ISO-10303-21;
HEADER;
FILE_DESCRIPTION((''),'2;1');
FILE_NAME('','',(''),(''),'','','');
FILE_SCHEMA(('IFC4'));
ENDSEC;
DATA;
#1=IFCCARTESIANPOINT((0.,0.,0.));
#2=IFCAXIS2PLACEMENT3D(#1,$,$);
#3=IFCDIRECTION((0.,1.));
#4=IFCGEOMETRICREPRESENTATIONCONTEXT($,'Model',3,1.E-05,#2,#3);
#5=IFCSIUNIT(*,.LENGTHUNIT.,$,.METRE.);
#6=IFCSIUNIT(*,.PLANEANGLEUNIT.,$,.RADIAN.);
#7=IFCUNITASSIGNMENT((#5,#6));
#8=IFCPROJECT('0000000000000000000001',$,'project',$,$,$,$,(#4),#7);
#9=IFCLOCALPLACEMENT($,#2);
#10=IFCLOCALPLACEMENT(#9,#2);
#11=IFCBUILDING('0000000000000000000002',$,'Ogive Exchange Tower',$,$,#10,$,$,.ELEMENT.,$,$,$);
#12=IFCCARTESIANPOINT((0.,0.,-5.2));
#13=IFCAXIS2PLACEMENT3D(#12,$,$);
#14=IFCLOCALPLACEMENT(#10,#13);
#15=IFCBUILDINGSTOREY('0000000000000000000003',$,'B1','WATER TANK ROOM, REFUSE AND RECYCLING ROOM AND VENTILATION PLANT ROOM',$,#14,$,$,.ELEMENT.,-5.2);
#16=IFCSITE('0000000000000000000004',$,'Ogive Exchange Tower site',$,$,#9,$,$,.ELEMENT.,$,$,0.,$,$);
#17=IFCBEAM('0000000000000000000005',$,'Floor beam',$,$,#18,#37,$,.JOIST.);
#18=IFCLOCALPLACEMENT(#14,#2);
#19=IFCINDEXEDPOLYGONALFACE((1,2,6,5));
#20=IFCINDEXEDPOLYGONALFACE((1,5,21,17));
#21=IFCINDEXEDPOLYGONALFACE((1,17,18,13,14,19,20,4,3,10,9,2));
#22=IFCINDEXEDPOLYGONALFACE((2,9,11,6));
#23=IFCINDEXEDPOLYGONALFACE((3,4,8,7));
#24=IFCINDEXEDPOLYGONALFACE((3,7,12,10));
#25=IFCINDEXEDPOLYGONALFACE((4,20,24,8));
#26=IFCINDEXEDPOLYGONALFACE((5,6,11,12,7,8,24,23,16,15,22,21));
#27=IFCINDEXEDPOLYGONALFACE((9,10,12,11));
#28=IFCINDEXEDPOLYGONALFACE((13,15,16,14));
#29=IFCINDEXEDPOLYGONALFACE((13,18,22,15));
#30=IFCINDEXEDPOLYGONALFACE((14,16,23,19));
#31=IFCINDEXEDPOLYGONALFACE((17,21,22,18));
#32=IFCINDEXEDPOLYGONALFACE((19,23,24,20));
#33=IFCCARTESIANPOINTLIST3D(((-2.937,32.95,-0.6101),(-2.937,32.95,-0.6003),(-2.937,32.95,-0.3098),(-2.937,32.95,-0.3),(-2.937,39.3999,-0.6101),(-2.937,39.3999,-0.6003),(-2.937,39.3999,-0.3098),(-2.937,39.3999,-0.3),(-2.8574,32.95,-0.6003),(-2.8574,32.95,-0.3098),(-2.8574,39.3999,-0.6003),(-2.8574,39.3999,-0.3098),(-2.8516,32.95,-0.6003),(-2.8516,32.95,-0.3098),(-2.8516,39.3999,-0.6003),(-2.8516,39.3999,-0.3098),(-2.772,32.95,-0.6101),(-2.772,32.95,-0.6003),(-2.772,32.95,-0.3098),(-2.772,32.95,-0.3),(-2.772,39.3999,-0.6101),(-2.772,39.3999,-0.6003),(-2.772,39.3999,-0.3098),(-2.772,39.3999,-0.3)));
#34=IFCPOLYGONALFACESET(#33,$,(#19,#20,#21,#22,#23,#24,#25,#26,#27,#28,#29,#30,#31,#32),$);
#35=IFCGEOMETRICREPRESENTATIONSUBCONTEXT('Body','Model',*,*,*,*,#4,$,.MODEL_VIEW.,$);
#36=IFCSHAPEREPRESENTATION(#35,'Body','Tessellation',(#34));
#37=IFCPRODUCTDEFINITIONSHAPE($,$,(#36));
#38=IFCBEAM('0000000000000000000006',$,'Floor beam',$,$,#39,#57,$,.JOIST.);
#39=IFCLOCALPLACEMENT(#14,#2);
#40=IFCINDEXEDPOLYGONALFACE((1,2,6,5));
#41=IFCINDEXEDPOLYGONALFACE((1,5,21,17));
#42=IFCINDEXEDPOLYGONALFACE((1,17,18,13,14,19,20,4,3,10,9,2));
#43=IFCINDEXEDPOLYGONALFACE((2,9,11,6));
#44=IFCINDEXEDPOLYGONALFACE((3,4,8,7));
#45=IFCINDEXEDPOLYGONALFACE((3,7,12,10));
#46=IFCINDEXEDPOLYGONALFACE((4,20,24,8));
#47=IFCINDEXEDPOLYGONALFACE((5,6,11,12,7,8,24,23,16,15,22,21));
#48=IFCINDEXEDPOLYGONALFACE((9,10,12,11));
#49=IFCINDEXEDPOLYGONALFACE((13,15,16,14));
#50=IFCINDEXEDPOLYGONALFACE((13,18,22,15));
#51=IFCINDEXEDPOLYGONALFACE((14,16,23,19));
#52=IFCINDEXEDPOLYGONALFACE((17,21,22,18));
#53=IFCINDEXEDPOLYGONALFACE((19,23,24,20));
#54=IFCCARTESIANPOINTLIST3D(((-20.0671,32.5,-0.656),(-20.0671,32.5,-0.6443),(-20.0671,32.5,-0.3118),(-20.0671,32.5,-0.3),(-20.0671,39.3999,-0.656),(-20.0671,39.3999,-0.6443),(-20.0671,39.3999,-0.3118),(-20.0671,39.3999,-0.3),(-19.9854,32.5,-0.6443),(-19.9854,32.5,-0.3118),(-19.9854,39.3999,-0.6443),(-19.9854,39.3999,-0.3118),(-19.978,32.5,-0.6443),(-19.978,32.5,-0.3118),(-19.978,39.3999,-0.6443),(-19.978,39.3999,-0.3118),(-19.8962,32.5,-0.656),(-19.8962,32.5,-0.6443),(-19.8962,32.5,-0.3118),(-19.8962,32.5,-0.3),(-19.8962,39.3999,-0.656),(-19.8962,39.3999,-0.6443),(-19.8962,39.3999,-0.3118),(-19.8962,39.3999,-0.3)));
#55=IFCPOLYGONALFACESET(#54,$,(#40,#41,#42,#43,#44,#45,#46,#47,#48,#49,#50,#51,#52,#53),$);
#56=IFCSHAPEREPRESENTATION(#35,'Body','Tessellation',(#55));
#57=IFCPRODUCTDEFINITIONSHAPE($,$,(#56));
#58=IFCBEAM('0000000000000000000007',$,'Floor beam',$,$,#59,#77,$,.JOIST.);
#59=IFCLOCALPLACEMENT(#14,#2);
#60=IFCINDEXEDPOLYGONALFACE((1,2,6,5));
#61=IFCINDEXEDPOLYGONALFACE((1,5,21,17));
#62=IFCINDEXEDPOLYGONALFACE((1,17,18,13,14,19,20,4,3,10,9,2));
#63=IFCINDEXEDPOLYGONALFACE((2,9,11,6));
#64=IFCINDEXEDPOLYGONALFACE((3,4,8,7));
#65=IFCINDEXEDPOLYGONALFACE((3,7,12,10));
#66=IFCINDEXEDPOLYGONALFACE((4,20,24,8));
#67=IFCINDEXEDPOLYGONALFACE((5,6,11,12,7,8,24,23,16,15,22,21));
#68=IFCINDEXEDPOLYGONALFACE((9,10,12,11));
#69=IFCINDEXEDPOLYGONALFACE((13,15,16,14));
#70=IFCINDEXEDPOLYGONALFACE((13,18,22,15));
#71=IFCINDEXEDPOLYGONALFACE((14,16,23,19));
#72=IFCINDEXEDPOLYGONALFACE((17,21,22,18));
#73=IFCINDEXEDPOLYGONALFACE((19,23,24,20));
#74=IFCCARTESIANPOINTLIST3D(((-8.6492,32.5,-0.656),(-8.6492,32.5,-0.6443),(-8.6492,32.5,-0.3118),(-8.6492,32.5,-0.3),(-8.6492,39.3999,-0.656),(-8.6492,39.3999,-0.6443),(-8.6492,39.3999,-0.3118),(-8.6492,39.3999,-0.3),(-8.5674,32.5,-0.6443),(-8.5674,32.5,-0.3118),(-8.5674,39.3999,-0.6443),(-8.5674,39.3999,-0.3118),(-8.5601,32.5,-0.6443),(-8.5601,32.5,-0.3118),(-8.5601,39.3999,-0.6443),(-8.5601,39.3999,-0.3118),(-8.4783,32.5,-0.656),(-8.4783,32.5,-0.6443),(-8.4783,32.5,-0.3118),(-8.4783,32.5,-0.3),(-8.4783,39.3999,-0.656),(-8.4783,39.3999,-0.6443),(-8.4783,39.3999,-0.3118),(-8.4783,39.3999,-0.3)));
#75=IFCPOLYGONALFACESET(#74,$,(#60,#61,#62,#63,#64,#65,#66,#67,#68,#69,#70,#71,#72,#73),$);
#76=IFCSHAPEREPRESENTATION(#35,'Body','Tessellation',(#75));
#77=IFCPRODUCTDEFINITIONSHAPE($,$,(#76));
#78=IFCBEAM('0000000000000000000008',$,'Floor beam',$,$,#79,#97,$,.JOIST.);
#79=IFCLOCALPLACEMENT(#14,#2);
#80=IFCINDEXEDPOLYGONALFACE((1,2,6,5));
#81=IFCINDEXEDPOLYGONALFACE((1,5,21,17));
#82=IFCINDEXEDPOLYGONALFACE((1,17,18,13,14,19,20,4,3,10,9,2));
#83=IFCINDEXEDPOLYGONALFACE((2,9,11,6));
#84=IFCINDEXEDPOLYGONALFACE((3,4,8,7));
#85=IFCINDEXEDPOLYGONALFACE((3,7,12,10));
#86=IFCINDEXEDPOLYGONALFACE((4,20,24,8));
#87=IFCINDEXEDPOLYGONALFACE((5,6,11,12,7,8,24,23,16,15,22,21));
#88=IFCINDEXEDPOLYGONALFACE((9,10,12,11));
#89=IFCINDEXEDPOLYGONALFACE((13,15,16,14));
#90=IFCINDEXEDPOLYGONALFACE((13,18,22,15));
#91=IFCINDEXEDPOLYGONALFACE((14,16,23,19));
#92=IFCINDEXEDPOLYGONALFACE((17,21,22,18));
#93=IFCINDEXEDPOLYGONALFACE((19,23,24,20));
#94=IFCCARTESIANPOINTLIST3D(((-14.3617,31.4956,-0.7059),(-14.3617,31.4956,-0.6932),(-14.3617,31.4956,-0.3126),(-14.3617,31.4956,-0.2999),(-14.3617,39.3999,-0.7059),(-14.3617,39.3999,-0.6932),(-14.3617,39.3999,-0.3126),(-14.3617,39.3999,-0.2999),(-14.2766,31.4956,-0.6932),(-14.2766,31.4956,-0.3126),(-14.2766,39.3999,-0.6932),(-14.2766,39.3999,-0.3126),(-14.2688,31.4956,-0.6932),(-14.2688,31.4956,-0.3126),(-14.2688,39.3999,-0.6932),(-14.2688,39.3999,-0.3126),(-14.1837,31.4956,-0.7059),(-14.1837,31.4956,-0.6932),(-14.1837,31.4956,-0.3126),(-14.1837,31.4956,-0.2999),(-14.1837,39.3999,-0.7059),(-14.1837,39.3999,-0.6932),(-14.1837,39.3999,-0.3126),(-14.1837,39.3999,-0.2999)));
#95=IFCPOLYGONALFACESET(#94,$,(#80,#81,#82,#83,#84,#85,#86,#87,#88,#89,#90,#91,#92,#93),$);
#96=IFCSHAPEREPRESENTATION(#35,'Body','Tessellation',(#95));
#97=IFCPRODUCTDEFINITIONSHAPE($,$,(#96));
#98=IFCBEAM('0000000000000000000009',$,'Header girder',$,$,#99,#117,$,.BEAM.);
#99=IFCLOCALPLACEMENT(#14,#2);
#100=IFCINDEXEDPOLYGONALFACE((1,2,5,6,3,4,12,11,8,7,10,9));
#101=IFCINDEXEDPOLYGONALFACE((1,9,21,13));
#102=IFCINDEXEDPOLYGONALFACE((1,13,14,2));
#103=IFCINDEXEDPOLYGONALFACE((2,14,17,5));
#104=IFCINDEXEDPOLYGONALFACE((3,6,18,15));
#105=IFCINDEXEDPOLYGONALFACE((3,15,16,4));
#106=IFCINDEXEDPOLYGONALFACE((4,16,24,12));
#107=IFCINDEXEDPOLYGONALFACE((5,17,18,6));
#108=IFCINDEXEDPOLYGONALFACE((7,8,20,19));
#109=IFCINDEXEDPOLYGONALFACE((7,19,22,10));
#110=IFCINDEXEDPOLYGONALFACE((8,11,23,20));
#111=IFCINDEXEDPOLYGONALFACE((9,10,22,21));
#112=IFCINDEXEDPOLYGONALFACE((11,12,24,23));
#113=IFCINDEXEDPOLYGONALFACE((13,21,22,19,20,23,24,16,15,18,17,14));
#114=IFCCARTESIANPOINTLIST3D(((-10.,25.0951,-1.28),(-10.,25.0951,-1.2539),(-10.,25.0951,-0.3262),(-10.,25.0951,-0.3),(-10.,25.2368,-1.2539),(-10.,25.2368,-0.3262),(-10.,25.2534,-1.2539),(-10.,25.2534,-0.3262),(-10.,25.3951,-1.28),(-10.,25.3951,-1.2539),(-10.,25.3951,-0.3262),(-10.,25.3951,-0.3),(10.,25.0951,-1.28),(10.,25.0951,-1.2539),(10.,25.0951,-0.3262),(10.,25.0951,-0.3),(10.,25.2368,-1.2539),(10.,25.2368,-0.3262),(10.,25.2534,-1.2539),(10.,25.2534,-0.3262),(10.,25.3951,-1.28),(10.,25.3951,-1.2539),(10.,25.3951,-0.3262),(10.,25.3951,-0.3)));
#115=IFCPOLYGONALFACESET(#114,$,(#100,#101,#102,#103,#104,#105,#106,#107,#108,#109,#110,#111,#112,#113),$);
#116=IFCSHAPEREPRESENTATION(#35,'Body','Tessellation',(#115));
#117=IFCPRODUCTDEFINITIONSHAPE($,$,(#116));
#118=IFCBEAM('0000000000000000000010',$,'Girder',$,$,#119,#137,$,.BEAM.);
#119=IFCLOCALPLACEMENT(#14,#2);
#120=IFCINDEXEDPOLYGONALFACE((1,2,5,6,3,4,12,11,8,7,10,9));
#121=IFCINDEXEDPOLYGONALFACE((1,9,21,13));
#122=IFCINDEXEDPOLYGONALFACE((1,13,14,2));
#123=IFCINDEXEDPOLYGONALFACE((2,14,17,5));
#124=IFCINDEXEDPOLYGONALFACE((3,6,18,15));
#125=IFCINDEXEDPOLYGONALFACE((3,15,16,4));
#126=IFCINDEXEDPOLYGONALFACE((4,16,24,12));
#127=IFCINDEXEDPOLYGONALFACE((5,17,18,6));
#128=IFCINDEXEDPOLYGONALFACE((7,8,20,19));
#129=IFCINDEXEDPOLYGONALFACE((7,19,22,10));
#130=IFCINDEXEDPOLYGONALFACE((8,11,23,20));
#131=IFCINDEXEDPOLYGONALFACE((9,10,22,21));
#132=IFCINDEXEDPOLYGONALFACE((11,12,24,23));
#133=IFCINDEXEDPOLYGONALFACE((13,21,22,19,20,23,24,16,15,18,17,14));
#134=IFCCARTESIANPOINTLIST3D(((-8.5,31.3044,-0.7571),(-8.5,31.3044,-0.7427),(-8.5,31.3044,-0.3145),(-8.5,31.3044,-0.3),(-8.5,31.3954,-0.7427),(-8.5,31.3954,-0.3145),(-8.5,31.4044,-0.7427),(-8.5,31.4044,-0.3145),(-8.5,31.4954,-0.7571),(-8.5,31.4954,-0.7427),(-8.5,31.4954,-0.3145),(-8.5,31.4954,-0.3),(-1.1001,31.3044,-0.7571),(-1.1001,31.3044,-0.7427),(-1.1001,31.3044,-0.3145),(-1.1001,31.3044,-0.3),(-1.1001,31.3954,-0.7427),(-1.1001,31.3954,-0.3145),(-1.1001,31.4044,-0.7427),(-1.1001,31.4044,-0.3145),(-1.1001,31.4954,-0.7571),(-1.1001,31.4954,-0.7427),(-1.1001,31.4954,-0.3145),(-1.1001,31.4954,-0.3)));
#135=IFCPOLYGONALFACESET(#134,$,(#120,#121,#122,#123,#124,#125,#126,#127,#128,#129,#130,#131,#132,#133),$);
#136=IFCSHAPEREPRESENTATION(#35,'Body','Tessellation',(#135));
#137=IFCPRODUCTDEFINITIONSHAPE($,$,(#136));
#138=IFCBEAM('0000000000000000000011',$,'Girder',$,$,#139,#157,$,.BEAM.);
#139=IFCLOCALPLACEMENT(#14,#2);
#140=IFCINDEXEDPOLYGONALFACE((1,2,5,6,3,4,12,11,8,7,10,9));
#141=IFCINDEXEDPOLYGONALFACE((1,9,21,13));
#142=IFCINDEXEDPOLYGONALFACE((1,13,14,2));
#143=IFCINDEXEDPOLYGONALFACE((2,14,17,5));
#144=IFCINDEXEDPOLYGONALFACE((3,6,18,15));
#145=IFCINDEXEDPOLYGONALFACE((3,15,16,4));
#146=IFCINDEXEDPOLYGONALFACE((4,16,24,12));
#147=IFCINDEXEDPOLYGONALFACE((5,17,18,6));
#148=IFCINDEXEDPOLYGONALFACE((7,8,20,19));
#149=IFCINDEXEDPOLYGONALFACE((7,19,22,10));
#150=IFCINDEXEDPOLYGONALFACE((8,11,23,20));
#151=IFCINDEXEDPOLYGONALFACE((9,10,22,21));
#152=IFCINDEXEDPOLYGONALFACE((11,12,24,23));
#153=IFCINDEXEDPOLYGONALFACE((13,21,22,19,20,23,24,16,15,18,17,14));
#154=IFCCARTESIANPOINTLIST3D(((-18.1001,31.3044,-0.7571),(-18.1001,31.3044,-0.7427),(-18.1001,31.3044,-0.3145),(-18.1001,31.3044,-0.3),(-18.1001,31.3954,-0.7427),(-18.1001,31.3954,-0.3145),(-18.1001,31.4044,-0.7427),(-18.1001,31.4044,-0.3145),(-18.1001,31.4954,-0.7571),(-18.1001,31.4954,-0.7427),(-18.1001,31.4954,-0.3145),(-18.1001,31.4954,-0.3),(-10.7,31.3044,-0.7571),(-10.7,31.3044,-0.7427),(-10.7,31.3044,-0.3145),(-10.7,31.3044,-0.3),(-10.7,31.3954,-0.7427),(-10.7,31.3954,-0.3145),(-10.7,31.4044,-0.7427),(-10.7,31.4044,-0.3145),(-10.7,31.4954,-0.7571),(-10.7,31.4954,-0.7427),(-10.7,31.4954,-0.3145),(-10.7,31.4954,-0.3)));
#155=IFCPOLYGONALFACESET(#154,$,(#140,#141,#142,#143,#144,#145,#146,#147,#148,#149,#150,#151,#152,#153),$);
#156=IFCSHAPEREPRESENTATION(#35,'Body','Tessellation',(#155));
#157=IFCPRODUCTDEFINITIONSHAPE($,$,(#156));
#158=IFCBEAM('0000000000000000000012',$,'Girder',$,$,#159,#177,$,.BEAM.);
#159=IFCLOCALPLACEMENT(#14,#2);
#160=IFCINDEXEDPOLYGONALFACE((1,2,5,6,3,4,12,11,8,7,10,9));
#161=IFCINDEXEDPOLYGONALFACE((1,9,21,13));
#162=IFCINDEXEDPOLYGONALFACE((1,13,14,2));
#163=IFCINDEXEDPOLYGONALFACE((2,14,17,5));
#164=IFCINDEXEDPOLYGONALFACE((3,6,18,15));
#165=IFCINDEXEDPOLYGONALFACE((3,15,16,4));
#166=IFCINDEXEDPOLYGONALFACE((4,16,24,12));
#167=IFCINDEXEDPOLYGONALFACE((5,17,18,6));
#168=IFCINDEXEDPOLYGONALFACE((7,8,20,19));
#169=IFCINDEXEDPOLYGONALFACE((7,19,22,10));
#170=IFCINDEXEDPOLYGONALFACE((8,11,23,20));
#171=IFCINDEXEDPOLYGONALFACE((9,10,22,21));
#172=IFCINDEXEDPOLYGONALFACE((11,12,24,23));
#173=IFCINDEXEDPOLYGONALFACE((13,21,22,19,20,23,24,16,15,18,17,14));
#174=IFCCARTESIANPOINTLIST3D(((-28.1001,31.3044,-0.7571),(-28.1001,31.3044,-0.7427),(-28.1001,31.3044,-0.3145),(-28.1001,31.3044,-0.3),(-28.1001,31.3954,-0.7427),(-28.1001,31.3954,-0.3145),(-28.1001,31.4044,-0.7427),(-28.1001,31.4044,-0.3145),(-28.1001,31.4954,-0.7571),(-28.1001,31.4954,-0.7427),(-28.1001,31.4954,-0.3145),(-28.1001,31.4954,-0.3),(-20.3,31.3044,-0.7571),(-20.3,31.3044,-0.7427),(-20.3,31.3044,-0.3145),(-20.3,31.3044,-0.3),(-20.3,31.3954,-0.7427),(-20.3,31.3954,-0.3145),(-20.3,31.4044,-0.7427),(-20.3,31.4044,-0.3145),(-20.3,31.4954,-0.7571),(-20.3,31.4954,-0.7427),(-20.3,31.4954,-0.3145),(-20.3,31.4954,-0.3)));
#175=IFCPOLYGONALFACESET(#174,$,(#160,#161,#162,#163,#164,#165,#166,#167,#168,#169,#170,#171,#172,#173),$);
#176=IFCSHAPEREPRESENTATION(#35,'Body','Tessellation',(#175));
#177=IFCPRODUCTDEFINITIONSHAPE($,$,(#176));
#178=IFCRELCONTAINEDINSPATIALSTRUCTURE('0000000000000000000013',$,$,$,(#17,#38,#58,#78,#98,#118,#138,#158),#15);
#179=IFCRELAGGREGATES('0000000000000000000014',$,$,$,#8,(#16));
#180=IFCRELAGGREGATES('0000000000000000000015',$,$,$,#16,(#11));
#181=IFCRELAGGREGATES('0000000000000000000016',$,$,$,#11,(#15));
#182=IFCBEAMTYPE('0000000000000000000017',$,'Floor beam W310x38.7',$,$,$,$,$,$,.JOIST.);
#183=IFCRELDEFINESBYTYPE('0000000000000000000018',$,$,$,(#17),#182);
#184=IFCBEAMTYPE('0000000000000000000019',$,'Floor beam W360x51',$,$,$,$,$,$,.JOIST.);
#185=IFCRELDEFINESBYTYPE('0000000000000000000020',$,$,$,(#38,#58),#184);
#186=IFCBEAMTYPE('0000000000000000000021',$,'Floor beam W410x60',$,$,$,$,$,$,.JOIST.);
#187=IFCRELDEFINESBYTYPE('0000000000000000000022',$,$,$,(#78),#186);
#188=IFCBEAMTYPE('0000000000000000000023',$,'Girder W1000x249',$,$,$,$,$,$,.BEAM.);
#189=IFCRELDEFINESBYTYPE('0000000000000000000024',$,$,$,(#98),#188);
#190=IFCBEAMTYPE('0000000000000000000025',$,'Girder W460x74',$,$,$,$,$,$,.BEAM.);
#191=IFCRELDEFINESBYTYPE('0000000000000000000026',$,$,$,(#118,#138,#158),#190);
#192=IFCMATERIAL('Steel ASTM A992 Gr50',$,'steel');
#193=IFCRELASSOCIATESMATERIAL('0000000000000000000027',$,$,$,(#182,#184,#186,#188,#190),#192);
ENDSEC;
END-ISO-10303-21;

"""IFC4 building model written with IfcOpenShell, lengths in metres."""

from ifc_helpers import new_model, si_unit, direction, frame, origin, origin_2d, place, context, subcontext, project, spatial, i_section, extrude, material, material_profile, profile_set, type_object, element, save


model = new_model("IFC4")

# Units and contexts
model_context = context("Model", 3, precision=1e-05, world=origin(), true_north=direction((0.0, 1.0)))
body_context = subcontext(model_context, "Body", "Model", "MODEL_VIEW")
ifc_project = project(units=[si_unit("LENGTHUNIT", "METRE"), si_unit("PLANEANGLEUNIT", "RADIAN")], contexts=[model_context])

# Site, building, storey
site_placement = place(None, origin())
site = spatial("IfcSite", under=ifc_project, at=site_placement, Name="Ogive Exchange Tower site", CompositionType="ELEMENT", RefElevation=0.0)
building_placement = place(site_placement, origin())
building = spatial("IfcBuilding", under=site, at=building_placement, Name="Ogive Exchange Tower", CompositionType="ELEMENT")
storey_placement = place(building_placement, frame((0.0, 0.0, -5.2)))
storey = spatial("IfcBuildingStorey", under=building, at=storey_placement, Name="B1", Description="WATER TANK ROOM, REFUSE AND RECYCLING ROOM AND VENTILATION PLANT ROOM", CompositionType="ELEMENT", Elevation=-5.2)

# Beams
ifc_material_1 = material(Name="Steel ASTM A992 Gr50", Category="steel")
ifc_material_profile_1 = material_profile(ifc_material_1, i_section(OverallWidth=0.165, OverallDepth=0.3101, WebThickness=0.0059, FlangeThickness=0.0098, at=origin_2d()), Name="W310x38.7")
ifc_profile_set_1 = profile_set([ifc_material_profile_1], Name="Steel ASTM A992 Gr50")
beam_type_1 = type_object("IfcBeamType", Name="Floor beam W310x38.7", PredefinedType="JOIST", material=ifc_profile_set_1)
beam_1_placement = place(storey_placement, frame((-2.8545, 32.95, -0.4551), z_axis=(0.0, 1.0, 0.0), x_axis=(-1.0, 0.0, 0.0)))
element("IfcBeam", 1, at=beam_1_placement, inside=storey, type_object=beam_type_1, Name="Floor beam", PredefinedType="JOIST", context=body_context, shape_type="SweptSolid", body=[
    extrude(i_section(OverallWidth=0.165, OverallDepth=0.3101, WebThickness=0.0059, FlangeThickness=0.0098, at=origin_2d()), origin(), (0.0, 0.0, 1.0), 6.45),
])
ifc_material_profile_2 = material_profile(ifc_material_1, i_section(OverallWidth=0.1709, OverallDepth=0.356, WebThickness=0.0073, FlangeThickness=0.0117, at=origin_2d()), Name="W360x51")
ifc_profile_set_2 = profile_set([ifc_material_profile_2], Name="Steel ASTM A992 Gr50")
beam_type_2 = type_object("IfcBeamType", Name="Floor beam W360x51", PredefinedType="JOIST", material=ifc_profile_set_2)
for number, where, z_axis, x_axis, name in (
    (2, (-19.9817, 32.5, -0.478), (0.0, 1.0, 0.0), (-1.0, 0.0, 0.0), "Floor beam"),
    (3, (-8.5637, 32.5, -0.478), (0.0, 1.0, 0.0), (-1.0, 0.0, 0.0), "Floor beam"),
):
    element("IfcBeam", number, at=place(storey_placement, frame(where, z_axis=z_axis, x_axis=x_axis)), inside=storey, type_object=beam_type_2, Name=name, PredefinedType="JOIST", context=body_context, shape_type="SweptSolid", body=[
        extrude(i_section(OverallWidth=0.1709, OverallDepth=0.356, WebThickness=0.0073, FlangeThickness=0.0117, at=origin_2d()), origin(), (0.0, 0.0, 1.0), 6.8999),
    ])
ifc_material_profile_3 = material_profile(ifc_material_1, i_section(OverallWidth=0.178, OverallDepth=0.406, WebThickness=0.0078, FlangeThickness=0.0127, at=origin_2d()), Name="W410x60")
ifc_profile_set_3 = profile_set([ifc_material_profile_3], Name="Steel ASTM A992 Gr50")
beam_type_3 = type_object("IfcBeamType", Name="Floor beam W410x60", PredefinedType="JOIST", material=ifc_profile_set_3)
beam_2_placement = place(storey_placement, frame((-14.2727, 31.4956, -0.5029), z_axis=(0.0, 1.0, 0.0), x_axis=(-1.0, 0.0, 0.0)))
element("IfcBeam", 4, at=beam_2_placement, inside=storey, type_object=beam_type_3, Name="Floor beam", PredefinedType="JOIST", context=body_context, shape_type="SweptSolid", body=[
    extrude(i_section(OverallWidth=0.178, OverallDepth=0.406, WebThickness=0.0078, FlangeThickness=0.0127, at=origin_2d()), origin(), (0.0, 0.0, 1.0), 7.9043),
])
ifc_material_profile_4 = material_profile(ifc_material_1, i_section(OverallWidth=0.3, OverallDepth=0.98, WebThickness=0.0166, FlangeThickness=0.0261, at=origin_2d()), Name="W1000x249")
ifc_profile_set_4 = profile_set([ifc_material_profile_4], Name="Steel ASTM A992 Gr50")
beam_type_4 = type_object("IfcBeamType", Name="Girder W1000x249", PredefinedType="BEAM", material=ifc_profile_set_4)
beam_3_placement = place(storey_placement, frame((-10.0, 25.2451, -0.79), z_axis=(1.0, 0.0, 0.0), x_axis=(0.0, 1.0, 0.0)))
element("IfcBeam", 5, at=beam_3_placement, inside=storey, type_object=beam_type_4, Name="Header girder", PredefinedType="BEAM", context=body_context, shape_type="SweptSolid", body=[
    extrude(i_section(OverallWidth=0.3, OverallDepth=0.98, WebThickness=0.0166, FlangeThickness=0.0261, at=origin_2d()), origin(), (0.0, 0.0, 1.0), 20.0),
])
ifc_material_profile_5 = material_profile(ifc_material_1, i_section(OverallWidth=0.1909, OverallDepth=0.457, WebThickness=0.009, FlangeThickness=0.0144, at=origin_2d()), Name="W460x74")
ifc_profile_set_5 = profile_set([ifc_material_profile_5], Name="Steel ASTM A992 Gr50")
beam_type_5 = type_object("IfcBeamType", Name="Girder W460x74", PredefinedType="BEAM", material=ifc_profile_set_5)
beam_4_placement = place(storey_placement, frame((-1.1001, 31.3999, -0.5286), z_axis=(-1.0, 0.0, 0.0), x_axis=(0.0, -1.0, 0.0)))
element("IfcBeam", 6, at=beam_4_placement, inside=storey, type_object=beam_type_5, Name="Girder", PredefinedType="BEAM", context=body_context, shape_type="SweptSolid", body=[
    extrude(i_section(OverallWidth=0.1909, OverallDepth=0.457, WebThickness=0.009, FlangeThickness=0.0144, at=origin_2d()), origin(), (0.0, 0.0, 1.0), 7.3999),
])
beam_5_placement = place(storey_placement, frame((-10.7, 31.3999, -0.5286), z_axis=(-1.0, 0.0, 0.0), x_axis=(0.0, -1.0, 0.0)))
element("IfcBeam", 7, at=beam_5_placement, inside=storey, type_object=beam_type_5, Name="Girder", PredefinedType="BEAM", context=body_context, shape_type="SweptSolid", body=[
    extrude(i_section(OverallWidth=0.1909, OverallDepth=0.457, WebThickness=0.009, FlangeThickness=0.0144, at=origin_2d()), origin(), (0.0, 0.0, 1.0), 7.4001),
])
beam_6_placement = place(storey_placement, frame((-20.3, 31.3999, -0.5286), z_axis=(-1.0, 0.0, 0.0), x_axis=(0.0, -1.0, 0.0)))
element("IfcBeam", 8, at=beam_6_placement, inside=storey, type_object=beam_type_5, Name="Girder", PredefinedType="BEAM", context=body_context, shape_type="SweptSolid", body=[
    extrude(i_section(OverallWidth=0.1909, OverallDepth=0.457, WebThickness=0.009, FlangeThickness=0.0144, at=origin_2d()), origin(), (0.0, 0.0, 1.0), 7.8),
])

save(model, "model.ifc")
